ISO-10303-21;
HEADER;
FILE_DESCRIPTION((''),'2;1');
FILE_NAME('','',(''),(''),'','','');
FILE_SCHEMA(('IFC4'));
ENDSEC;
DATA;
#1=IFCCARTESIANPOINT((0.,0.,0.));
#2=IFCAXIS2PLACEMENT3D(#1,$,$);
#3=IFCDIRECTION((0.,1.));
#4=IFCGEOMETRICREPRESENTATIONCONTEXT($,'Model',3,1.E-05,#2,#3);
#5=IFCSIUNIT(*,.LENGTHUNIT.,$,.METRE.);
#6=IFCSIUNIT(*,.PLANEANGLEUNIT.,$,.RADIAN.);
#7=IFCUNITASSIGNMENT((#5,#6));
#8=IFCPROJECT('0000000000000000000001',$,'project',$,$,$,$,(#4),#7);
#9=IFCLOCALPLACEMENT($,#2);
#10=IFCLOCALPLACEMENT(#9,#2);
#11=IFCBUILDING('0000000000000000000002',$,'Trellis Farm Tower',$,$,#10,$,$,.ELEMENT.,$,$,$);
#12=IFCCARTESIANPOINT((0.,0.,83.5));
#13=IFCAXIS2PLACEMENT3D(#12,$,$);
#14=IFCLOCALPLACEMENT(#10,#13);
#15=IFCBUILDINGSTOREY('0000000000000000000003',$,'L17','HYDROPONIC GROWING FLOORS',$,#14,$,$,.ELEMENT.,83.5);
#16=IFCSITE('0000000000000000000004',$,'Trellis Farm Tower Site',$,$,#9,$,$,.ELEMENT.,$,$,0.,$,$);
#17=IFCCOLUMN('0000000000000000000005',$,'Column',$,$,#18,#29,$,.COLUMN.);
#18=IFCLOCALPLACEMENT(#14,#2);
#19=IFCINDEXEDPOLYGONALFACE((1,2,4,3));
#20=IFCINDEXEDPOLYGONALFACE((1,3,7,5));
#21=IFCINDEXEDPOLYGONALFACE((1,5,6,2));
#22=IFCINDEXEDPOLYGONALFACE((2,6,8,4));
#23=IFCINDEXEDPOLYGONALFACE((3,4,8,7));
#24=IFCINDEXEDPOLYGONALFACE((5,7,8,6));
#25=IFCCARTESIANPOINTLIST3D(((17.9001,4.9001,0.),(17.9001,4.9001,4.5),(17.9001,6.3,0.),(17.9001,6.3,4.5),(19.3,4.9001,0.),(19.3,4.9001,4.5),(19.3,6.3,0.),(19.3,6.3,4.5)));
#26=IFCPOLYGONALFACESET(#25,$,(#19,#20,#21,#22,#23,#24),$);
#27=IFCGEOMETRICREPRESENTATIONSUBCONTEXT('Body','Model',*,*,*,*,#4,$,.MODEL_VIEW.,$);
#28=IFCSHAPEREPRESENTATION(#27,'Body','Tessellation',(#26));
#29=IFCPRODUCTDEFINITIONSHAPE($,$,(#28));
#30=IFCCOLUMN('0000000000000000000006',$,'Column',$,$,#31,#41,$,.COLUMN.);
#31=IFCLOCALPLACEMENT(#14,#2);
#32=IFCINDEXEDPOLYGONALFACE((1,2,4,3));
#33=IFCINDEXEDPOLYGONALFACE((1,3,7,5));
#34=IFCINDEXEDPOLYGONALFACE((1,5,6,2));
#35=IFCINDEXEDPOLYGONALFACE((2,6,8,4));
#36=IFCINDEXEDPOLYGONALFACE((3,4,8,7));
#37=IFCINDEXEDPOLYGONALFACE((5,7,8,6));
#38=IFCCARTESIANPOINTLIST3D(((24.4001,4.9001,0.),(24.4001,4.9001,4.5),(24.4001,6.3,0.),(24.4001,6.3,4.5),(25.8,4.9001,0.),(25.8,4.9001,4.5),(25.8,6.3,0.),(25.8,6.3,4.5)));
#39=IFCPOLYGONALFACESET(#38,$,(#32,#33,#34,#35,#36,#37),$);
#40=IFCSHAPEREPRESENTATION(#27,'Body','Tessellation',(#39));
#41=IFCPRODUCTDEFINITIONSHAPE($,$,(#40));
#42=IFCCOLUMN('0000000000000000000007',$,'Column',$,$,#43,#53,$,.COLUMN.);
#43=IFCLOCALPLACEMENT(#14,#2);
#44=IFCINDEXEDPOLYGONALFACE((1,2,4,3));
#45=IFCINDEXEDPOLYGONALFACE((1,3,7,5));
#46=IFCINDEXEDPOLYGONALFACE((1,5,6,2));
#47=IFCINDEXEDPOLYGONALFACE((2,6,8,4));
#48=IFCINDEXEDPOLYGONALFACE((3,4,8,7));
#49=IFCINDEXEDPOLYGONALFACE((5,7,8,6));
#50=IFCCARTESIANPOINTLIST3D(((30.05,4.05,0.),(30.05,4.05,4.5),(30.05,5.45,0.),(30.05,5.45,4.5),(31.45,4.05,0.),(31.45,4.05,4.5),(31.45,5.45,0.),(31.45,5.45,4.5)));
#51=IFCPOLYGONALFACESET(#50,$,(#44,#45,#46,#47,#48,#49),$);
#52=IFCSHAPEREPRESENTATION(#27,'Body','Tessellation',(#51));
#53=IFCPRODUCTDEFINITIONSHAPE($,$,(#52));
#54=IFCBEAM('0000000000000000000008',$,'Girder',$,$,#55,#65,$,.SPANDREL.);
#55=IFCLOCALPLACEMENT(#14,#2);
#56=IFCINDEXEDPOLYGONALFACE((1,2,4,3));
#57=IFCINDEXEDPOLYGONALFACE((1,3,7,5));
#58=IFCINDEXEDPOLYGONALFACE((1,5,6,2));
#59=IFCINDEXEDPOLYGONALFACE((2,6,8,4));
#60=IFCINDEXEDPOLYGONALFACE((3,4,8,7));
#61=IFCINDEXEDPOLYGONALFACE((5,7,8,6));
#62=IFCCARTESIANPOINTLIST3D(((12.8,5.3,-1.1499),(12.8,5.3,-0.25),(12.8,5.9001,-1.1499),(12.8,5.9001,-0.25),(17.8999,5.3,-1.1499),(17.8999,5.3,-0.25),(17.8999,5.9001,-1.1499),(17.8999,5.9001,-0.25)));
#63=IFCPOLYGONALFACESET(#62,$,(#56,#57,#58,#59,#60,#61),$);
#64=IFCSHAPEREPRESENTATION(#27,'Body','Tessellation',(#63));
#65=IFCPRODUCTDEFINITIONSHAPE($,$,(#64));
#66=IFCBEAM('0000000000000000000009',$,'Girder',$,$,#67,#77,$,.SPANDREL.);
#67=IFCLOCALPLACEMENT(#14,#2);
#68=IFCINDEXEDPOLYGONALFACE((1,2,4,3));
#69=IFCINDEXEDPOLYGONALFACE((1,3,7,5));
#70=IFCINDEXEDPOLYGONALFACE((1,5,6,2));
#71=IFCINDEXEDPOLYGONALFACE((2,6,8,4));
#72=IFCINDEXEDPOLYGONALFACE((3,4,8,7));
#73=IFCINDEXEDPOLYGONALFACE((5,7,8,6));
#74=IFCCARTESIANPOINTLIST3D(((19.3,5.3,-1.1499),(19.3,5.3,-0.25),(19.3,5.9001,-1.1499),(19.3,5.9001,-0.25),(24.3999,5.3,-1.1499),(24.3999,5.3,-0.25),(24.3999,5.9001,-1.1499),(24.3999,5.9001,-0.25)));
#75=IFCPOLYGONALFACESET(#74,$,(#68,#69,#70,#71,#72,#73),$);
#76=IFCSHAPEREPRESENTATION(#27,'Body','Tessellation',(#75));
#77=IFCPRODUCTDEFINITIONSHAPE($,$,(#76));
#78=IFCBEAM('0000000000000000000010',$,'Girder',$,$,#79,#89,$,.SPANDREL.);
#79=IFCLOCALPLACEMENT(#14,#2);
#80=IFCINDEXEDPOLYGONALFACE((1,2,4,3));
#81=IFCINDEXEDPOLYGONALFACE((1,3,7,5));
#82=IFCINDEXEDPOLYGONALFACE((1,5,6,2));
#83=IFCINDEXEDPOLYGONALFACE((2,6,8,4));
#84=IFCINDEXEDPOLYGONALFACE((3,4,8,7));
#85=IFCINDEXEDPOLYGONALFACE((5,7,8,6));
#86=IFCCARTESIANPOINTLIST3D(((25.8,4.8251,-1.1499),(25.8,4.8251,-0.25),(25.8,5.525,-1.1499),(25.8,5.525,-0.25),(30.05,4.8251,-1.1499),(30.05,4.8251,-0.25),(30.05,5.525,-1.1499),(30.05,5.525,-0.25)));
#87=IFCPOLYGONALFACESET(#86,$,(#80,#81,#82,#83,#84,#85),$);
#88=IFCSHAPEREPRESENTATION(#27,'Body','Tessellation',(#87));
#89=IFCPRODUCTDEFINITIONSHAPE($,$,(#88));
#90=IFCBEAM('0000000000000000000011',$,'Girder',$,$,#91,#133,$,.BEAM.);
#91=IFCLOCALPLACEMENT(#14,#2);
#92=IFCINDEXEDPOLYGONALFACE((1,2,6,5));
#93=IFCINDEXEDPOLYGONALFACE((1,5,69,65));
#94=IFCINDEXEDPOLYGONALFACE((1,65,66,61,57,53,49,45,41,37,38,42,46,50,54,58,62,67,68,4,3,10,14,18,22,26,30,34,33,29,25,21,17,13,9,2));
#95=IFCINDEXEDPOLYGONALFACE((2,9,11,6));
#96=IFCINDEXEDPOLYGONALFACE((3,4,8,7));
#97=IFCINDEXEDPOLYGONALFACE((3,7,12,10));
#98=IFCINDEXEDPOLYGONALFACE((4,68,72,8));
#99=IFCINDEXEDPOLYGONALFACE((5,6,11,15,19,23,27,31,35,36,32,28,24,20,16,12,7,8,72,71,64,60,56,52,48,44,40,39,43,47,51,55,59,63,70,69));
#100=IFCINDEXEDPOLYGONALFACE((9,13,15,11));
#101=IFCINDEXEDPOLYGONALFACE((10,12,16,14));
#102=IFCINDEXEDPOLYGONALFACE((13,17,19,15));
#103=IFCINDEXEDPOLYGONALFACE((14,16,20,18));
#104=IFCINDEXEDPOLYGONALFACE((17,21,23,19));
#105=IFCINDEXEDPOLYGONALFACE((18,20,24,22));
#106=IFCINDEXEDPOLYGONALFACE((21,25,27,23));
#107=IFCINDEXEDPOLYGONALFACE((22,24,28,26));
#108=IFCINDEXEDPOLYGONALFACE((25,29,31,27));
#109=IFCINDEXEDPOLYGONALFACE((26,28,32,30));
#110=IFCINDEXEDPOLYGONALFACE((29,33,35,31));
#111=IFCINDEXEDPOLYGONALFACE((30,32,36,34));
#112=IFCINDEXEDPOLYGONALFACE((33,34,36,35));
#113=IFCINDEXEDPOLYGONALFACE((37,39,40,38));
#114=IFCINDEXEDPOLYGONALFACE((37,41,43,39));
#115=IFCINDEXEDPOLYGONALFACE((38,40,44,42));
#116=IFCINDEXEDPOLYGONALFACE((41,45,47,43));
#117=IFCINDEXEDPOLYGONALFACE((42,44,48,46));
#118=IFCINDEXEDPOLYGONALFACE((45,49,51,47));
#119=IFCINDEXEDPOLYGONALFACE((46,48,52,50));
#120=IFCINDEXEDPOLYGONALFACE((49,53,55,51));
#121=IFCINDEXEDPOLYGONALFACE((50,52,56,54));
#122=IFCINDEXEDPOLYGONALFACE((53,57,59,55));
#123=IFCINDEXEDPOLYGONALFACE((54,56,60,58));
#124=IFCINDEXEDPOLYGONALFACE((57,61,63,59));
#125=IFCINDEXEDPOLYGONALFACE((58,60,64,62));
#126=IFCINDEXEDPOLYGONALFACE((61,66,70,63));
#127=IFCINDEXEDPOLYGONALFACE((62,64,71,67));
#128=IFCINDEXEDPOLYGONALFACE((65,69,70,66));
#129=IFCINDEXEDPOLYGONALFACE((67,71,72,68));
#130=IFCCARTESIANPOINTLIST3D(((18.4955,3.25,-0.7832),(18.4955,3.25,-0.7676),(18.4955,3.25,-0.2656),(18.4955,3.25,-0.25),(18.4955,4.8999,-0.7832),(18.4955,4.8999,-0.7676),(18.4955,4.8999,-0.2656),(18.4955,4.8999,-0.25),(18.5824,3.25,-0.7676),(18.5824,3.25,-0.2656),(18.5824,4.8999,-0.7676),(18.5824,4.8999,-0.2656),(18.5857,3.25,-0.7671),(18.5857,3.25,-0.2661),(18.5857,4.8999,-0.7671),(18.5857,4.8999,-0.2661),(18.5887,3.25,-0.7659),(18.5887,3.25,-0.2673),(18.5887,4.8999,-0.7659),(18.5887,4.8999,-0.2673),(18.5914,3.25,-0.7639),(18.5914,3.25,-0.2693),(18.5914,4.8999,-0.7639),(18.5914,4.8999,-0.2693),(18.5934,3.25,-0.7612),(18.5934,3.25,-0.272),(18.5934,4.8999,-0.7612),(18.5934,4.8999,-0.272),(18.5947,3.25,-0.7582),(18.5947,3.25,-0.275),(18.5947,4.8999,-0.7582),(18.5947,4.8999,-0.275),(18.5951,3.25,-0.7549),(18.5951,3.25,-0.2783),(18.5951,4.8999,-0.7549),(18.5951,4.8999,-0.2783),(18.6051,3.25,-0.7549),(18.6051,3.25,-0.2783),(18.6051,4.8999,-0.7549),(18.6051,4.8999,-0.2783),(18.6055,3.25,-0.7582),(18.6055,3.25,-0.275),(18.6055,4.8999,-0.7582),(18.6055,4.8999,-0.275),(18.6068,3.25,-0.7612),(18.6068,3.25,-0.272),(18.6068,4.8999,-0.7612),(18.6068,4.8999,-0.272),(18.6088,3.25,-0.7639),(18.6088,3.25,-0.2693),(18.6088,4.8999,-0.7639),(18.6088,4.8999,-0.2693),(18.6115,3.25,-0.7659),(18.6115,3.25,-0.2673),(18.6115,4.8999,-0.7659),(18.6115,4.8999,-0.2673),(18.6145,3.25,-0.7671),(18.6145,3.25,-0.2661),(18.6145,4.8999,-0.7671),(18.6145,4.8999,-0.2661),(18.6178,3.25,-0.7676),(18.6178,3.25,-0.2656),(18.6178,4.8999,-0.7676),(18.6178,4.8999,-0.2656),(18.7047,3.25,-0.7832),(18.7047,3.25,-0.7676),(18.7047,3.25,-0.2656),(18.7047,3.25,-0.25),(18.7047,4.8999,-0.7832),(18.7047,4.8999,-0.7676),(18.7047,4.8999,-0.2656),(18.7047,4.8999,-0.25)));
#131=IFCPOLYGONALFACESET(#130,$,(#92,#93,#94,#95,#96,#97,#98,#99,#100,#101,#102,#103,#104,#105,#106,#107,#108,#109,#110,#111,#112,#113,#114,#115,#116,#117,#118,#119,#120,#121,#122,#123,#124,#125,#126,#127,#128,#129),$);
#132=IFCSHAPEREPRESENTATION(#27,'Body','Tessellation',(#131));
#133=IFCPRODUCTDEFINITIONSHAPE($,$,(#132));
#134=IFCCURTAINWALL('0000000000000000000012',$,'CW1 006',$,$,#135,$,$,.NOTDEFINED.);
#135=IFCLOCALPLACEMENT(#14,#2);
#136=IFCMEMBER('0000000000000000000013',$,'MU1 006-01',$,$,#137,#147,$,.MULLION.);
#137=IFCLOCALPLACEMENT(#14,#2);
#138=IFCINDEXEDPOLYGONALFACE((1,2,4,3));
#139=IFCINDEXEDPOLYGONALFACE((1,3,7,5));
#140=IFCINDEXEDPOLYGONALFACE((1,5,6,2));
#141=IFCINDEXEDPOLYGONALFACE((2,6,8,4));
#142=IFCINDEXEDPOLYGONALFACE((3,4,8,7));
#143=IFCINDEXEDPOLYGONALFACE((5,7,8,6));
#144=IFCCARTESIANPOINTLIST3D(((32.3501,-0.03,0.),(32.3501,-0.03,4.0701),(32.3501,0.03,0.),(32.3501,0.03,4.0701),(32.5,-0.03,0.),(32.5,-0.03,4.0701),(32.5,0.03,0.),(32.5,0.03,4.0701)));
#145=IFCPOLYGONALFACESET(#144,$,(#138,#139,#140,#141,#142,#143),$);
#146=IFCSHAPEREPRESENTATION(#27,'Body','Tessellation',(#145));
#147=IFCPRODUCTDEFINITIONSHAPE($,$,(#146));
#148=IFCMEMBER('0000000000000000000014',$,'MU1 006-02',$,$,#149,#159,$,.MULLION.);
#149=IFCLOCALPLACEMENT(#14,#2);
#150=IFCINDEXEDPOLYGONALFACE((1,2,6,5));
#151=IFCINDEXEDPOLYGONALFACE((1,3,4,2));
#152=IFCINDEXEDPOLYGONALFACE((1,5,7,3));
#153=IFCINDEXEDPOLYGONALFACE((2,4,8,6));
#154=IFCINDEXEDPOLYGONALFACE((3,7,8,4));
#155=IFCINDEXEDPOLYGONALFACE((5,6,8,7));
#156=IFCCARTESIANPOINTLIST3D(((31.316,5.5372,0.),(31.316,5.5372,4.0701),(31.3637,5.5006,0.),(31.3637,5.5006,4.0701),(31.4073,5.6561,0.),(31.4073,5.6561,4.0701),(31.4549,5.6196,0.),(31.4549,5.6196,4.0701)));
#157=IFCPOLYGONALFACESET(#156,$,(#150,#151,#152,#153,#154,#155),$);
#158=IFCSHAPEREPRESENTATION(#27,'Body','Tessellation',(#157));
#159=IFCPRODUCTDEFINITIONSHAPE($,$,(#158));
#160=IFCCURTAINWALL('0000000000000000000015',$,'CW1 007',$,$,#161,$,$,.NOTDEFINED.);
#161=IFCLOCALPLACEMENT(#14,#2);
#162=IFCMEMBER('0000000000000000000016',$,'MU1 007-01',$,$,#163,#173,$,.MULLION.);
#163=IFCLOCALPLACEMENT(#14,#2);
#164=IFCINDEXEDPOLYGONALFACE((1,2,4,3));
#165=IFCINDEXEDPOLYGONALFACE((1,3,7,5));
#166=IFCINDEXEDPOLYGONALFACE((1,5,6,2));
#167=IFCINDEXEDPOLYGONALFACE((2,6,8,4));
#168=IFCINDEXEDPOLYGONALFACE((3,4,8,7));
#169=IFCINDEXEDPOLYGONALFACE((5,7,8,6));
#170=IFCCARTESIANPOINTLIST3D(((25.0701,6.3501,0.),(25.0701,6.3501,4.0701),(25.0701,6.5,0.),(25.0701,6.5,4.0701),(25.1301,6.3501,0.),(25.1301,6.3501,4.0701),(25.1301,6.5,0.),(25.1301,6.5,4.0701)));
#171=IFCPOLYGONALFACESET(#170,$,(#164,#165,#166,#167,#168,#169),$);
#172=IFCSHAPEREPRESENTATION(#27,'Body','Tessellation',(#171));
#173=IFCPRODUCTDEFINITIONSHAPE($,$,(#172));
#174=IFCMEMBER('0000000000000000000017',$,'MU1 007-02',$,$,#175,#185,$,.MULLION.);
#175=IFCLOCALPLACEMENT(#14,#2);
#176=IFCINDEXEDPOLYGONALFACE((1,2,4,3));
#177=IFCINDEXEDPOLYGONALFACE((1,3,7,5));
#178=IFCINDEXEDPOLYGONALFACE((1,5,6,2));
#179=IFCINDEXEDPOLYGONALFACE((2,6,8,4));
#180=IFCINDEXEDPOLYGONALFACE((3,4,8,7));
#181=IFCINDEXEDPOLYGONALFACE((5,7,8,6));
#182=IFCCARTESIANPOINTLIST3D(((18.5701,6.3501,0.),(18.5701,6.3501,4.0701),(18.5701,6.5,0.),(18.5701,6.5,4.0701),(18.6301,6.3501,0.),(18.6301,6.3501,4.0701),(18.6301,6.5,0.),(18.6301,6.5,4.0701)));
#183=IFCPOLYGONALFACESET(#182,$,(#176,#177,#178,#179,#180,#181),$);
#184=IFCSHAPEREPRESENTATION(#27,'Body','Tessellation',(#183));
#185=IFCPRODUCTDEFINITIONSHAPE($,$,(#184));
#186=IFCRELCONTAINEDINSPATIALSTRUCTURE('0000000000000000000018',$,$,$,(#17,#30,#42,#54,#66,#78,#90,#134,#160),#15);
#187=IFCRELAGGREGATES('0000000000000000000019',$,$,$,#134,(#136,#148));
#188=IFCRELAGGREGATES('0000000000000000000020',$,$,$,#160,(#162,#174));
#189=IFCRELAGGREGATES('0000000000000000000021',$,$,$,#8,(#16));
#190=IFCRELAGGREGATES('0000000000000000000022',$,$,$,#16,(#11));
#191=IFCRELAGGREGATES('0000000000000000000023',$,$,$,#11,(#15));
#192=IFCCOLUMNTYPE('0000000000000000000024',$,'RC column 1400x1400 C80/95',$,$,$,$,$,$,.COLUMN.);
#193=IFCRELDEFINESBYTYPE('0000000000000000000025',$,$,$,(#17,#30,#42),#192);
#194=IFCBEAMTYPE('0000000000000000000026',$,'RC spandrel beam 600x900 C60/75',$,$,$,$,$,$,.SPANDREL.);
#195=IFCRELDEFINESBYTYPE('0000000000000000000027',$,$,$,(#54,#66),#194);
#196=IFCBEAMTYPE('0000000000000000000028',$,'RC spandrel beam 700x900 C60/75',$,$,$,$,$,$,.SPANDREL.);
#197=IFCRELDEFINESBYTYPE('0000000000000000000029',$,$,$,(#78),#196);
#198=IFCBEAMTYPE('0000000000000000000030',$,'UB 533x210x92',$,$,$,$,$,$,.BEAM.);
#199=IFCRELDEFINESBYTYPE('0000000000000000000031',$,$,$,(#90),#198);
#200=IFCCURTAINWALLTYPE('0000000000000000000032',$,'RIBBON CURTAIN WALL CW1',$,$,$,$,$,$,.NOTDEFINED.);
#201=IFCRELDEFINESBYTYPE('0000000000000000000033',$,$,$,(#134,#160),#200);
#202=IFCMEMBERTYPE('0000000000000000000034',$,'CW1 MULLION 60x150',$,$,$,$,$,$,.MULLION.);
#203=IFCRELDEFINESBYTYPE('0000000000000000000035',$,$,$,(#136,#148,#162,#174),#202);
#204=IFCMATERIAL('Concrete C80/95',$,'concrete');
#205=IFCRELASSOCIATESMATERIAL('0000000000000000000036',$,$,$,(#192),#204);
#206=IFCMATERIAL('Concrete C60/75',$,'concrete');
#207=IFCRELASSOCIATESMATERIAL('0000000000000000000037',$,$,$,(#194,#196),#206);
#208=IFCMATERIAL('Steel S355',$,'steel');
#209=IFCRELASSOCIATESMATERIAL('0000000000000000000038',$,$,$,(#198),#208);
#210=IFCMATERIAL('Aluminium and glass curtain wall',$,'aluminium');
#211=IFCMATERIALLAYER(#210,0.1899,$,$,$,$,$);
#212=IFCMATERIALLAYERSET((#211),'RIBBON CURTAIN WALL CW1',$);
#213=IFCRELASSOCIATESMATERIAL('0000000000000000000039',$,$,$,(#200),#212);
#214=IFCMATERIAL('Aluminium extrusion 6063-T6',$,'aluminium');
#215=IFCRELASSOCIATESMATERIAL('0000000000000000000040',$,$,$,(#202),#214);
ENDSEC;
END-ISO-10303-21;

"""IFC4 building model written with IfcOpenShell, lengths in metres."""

from ifc_helpers import new_model, si_unit, direction, frame, origin, origin_2d, place, context, subcontext, project, spatial, rectangle, i_section, extrude, source, transform, mapped, material, layer, layer_set, material_profile, profile_set, type_object, element, aggregate, save


model = new_model("IFC4")

# Units and contexts
model_context = context("Model", 3, precision=1e-05, world=origin(), true_north=direction((0.0, 1.0)))
body_context = subcontext(model_context, "Body", "Model", "MODEL_VIEW")
ifc_project = project(units=[si_unit("LENGTHUNIT", "METRE"), si_unit("PLANEANGLEUNIT", "RADIAN")], contexts=[model_context])

# Site, building, storey
site_placement = place(None, origin())
site = spatial("IfcSite", under=ifc_project, at=site_placement, Name="Trellis Farm Tower Site", CompositionType="ELEMENT", RefElevation=0.0)
building_placement = place(site_placement, origin())
building = spatial("IfcBuilding", under=site, at=building_placement, Name="Trellis Farm Tower", CompositionType="ELEMENT")
storey_placement = place(building_placement, frame((0.0, 0.0, 83.5)))
storey = spatial("IfcBuildingStorey", under=building, at=storey_placement, Name="L17", Description="HYDROPONIC GROWING FLOORS", CompositionType="ELEMENT", Elevation=83.5)

# Columns
ifc_material_1 = material(Name="Concrete C80/95", Category="concrete")
ifc_material_profile_1 = material_profile(ifc_material_1, rectangle(XDim=1.3999, YDim=1.3999, at=origin_2d()), Name="RC column 1400x1400 C80/95")
ifc_profile_set_1 = profile_set([ifc_material_profile_1], Name="Concrete C80/95")
column_type = type_object("IfcColumnType", Name="RC column 1400x1400 C80/95", PredefinedType="COLUMN", material=ifc_profile_set_1)
shared_shape_1 = source(origin(), body_context, "Body", "SweptSolid", [
    extrude(rectangle(XDim=1.3999, YDim=1.3999, at=origin_2d()), origin(), (0.0, 0.0, 1.0), 4.5),
])
for number, where, z_axis, x_axis, name in (
    (1, (18.6001, 5.6001, 0.0), (0.0, 0.0, 1.0), (1.0, 0.0, 0.0), "Column"),
    (2, (25.1001, 5.6001, 0.0), (0.0, 0.0, 1.0), (1.0, 0.0, 0.0), "Column"),
    (3, (30.75, 4.75, 0.0), (0.0, 0.0, 1.0), (1.0, 0.0, 0.0), "Column"),
):
    element("IfcColumn", number, at=place(storey_placement, frame(where, z_axis=z_axis, x_axis=x_axis)), inside=storey, type_object=column_type, Name=name, PredefinedType="COLUMN", context=body_context, shape_type="MappedRepresentation", body=[
        mapped(shared_shape_1, transform((0.0, 0.0, 0.0))),
    ])

# Beams
ifc_material_2 = material(Name="Concrete C60/75", Category="concrete")
ifc_material_profile_2 = material_profile(ifc_material_2, rectangle(XDim=0.6001, YDim=0.8999, at=origin_2d()), Name="RC spandrel beam 600x900 C60/75")
ifc_profile_set_2 = profile_set([ifc_material_profile_2], Name="Concrete C60/75")
beam_type_1 = type_object("IfcBeamType", Name="RC spandrel beam 600x900 C60/75", PredefinedType="SPANDREL", material=ifc_profile_set_2)
shared_shape_2 = source(origin(), body_context, "Body", "SweptSolid", [
    extrude(rectangle(XDim=0.6001, YDim=0.8999, at=origin_2d()), origin(), (0.0, 0.0, 1.0), 5.0999),
])
for number, where, z_axis, x_axis, name in (
    (4, (12.8, 5.6001, -0.7), (1.0, 0.0, 0.0), (0.0, 1.0, 0.0), "Girder"),
    (5, (19.3, 5.6001, -0.7), (1.0, 0.0, 0.0), (0.0, 1.0, 0.0), "Girder"),
):
    element("IfcBeam", number, at=place(storey_placement, frame(where, z_axis=z_axis, x_axis=x_axis)), inside=storey, type_object=beam_type_1, Name=name, PredefinedType="SPANDREL", context=body_context, shape_type="MappedRepresentation", body=[
        mapped(shared_shape_2, transform((0.0, 0.0, 0.0))),
    ])
ifc_material_profile_3 = material_profile(ifc_material_2, rectangle(XDim=0.7, YDim=0.8999, at=origin_2d()), Name="RC spandrel beam 700x900 C60/75")
ifc_profile_set_3 = profile_set([ifc_material_profile_3], Name="Concrete C60/75")
beam_type_2 = type_object("IfcBeamType", Name="RC spandrel beam 700x900 C60/75", PredefinedType="SPANDREL", material=ifc_profile_set_3)
shared_shape_3 = source(origin(), body_context, "Body", "SweptSolid", [
    extrude(rectangle(XDim=0.7, YDim=0.8999, at=origin_2d()), origin(), (0.0, 0.0, 1.0), 4.25),
])
beam_1_placement = place(storey_placement, frame((25.8, 5.175, -0.7), z_axis=(1.0, 0.0, 0.0), x_axis=(0.0, 1.0, 0.0)))
element("IfcBeam", 6, at=beam_1_placement, inside=storey, type_object=beam_type_2, Name="Girder", PredefinedType="SPANDREL", context=body_context, shape_type="MappedRepresentation", body=[
    mapped(shared_shape_3, transform((0.0, 0.0, 0.0))),
])
ifc_material_3 = material(Name="Steel S355", Category="steel")
ifc_material_profile_4 = material_profile(ifc_material_3, i_section(OverallWidth=0.2092, OverallDepth=0.5332, WebThickness=0.01, FlangeThickness=0.0156, FilletRadius=0.0127, at=origin_2d()), Name="UB 533x210x92")
ifc_profile_set_4 = profile_set([ifc_material_profile_4], Name="Steel S355")
beam_type_3 = type_object("IfcBeamType", Name="UB 533x210x92", PredefinedType="BEAM", material=ifc_profile_set_4)
shared_shape_4 = source(origin(), body_context, "Body", "SweptSolid", [
    extrude(i_section(OverallWidth=0.2092, OverallDepth=0.5332, WebThickness=0.01, FlangeThickness=0.0156, FilletRadius=0.0127, at=origin_2d()), origin(), (0.0, 0.0, 1.0), 1.6499),
])
beam_2_placement = place(storey_placement, frame((18.6001, 3.25, -0.5166), z_axis=(0.0, 1.0, 0.0), x_axis=(-1.0, 0.0, 0.0)))
element("IfcBeam", 7, at=beam_2_placement, inside=storey, type_object=beam_type_3, Name="Girder", PredefinedType="BEAM", context=body_context, shape_type="MappedRepresentation", body=[
    mapped(shared_shape_4, transform((0.0, 0.0, 0.0))),
])

# Curtain walls, members
ifc_material_4 = material(Name="Aluminium and glass curtain wall", Category="aluminium")
ifc_layer_1 = layer(ifc_material_4, 0.1899)
ifc_layer_set_1 = layer_set([ifc_layer_1], Name="RIBBON CURTAIN WALL CW1")
curtain_wall_type = type_object("IfcCurtainWallType", Name="RIBBON CURTAIN WALL CW1", PredefinedType="NOTDEFINED", material=ifc_layer_set_1)
placement = place(storey_placement, origin())
curtain_wall_1 = element("IfcCurtainWall", 8, at=placement, inside=storey, type_object=curtain_wall_type, Name="CW1 006", PredefinedType="NOTDEFINED")
ifc_material_5 = material(Name="Aluminium extrusion 6063-T6", Category="aluminium")
ifc_material_profile_5 = material_profile(ifc_material_5, rectangle(XDim=0.0601, YDim=0.1499, at=origin_2d()), Name="MULLION 60x150")
ifc_profile_set_5 = profile_set([ifc_material_profile_5], Name="Aluminium extrusion 6063-T6")
member_type = type_object("IfcMemberType", Name="CW1 MULLION 60x150", PredefinedType="MULLION", material=ifc_profile_set_5)
shared_shape_5 = source(origin(), body_context, "Body", "SweptSolid", [
    extrude(rectangle(XDim=0.0601, YDim=0.1499, at=origin_2d()), origin(), (0.0, 0.0, 1.0), 4.0701),
])
member_1_placement = place(storey_placement, frame((32.425, 0.0, 0.0), z_axis=(0.0, 0.0, 1.0), x_axis=(0.0, 1.0, 0.0)))
member_1 = element("IfcMember", 9, at=member_1_placement, type_object=member_type, Name="MU1 006-01", PredefinedType="MULLION", context=body_context, shape_type="MappedRepresentation", body=[
    mapped(shared_shape_5, transform((0.0, 0.0, 0.0))),
])
member_2_placement = place(storey_placement, frame((31.3855, 5.5784, 0.0), z_axis=(0.0, 0.0, 1.0), x_axis=(-0.793353, 0.608761, 0.0)))
member_2 = element("IfcMember", 10, at=member_2_placement, type_object=member_type, Name="MU1 006-02", PredefinedType="MULLION", context=body_context, shape_type="MappedRepresentation", body=[
    mapped(shared_shape_5, transform((0.0, 0.0, 0.0))),
])
aggregate(curtain_wall_1, [member_1, member_2])
curtain_wall_2 = element("IfcCurtainWall", 11, at=placement, inside=storey, type_object=curtain_wall_type, Name="CW1 007", PredefinedType="NOTDEFINED")
member_3_placement = place(storey_placement, frame((25.1001, 6.425, 0.0), z_axis=(0.0, 0.0, 1.0), x_axis=(-1.0, 0.0, 0.0)))
member_3 = element("IfcMember", 12, at=member_3_placement, type_object=member_type, Name="MU1 007-01", PredefinedType="MULLION", context=body_context, shape_type="MappedRepresentation", body=[
    mapped(shared_shape_5, transform((0.0, 0.0, 0.0))),
])
member_4_placement = place(storey_placement, frame((18.6001, 6.425, 0.0), z_axis=(0.0, 0.0, 1.0), x_axis=(-1.0, 0.0, 0.0)))
member_4 = element("IfcMember", 13, at=member_4_placement, type_object=member_type, Name="MU1 007-02", PredefinedType="MULLION", context=body_context, shape_type="MappedRepresentation", body=[
    mapped(shared_shape_5, transform((0.0, 0.0, 0.0))),
])
aggregate(curtain_wall_2, [member_3, member_4])

save(model, "model.ifc")
